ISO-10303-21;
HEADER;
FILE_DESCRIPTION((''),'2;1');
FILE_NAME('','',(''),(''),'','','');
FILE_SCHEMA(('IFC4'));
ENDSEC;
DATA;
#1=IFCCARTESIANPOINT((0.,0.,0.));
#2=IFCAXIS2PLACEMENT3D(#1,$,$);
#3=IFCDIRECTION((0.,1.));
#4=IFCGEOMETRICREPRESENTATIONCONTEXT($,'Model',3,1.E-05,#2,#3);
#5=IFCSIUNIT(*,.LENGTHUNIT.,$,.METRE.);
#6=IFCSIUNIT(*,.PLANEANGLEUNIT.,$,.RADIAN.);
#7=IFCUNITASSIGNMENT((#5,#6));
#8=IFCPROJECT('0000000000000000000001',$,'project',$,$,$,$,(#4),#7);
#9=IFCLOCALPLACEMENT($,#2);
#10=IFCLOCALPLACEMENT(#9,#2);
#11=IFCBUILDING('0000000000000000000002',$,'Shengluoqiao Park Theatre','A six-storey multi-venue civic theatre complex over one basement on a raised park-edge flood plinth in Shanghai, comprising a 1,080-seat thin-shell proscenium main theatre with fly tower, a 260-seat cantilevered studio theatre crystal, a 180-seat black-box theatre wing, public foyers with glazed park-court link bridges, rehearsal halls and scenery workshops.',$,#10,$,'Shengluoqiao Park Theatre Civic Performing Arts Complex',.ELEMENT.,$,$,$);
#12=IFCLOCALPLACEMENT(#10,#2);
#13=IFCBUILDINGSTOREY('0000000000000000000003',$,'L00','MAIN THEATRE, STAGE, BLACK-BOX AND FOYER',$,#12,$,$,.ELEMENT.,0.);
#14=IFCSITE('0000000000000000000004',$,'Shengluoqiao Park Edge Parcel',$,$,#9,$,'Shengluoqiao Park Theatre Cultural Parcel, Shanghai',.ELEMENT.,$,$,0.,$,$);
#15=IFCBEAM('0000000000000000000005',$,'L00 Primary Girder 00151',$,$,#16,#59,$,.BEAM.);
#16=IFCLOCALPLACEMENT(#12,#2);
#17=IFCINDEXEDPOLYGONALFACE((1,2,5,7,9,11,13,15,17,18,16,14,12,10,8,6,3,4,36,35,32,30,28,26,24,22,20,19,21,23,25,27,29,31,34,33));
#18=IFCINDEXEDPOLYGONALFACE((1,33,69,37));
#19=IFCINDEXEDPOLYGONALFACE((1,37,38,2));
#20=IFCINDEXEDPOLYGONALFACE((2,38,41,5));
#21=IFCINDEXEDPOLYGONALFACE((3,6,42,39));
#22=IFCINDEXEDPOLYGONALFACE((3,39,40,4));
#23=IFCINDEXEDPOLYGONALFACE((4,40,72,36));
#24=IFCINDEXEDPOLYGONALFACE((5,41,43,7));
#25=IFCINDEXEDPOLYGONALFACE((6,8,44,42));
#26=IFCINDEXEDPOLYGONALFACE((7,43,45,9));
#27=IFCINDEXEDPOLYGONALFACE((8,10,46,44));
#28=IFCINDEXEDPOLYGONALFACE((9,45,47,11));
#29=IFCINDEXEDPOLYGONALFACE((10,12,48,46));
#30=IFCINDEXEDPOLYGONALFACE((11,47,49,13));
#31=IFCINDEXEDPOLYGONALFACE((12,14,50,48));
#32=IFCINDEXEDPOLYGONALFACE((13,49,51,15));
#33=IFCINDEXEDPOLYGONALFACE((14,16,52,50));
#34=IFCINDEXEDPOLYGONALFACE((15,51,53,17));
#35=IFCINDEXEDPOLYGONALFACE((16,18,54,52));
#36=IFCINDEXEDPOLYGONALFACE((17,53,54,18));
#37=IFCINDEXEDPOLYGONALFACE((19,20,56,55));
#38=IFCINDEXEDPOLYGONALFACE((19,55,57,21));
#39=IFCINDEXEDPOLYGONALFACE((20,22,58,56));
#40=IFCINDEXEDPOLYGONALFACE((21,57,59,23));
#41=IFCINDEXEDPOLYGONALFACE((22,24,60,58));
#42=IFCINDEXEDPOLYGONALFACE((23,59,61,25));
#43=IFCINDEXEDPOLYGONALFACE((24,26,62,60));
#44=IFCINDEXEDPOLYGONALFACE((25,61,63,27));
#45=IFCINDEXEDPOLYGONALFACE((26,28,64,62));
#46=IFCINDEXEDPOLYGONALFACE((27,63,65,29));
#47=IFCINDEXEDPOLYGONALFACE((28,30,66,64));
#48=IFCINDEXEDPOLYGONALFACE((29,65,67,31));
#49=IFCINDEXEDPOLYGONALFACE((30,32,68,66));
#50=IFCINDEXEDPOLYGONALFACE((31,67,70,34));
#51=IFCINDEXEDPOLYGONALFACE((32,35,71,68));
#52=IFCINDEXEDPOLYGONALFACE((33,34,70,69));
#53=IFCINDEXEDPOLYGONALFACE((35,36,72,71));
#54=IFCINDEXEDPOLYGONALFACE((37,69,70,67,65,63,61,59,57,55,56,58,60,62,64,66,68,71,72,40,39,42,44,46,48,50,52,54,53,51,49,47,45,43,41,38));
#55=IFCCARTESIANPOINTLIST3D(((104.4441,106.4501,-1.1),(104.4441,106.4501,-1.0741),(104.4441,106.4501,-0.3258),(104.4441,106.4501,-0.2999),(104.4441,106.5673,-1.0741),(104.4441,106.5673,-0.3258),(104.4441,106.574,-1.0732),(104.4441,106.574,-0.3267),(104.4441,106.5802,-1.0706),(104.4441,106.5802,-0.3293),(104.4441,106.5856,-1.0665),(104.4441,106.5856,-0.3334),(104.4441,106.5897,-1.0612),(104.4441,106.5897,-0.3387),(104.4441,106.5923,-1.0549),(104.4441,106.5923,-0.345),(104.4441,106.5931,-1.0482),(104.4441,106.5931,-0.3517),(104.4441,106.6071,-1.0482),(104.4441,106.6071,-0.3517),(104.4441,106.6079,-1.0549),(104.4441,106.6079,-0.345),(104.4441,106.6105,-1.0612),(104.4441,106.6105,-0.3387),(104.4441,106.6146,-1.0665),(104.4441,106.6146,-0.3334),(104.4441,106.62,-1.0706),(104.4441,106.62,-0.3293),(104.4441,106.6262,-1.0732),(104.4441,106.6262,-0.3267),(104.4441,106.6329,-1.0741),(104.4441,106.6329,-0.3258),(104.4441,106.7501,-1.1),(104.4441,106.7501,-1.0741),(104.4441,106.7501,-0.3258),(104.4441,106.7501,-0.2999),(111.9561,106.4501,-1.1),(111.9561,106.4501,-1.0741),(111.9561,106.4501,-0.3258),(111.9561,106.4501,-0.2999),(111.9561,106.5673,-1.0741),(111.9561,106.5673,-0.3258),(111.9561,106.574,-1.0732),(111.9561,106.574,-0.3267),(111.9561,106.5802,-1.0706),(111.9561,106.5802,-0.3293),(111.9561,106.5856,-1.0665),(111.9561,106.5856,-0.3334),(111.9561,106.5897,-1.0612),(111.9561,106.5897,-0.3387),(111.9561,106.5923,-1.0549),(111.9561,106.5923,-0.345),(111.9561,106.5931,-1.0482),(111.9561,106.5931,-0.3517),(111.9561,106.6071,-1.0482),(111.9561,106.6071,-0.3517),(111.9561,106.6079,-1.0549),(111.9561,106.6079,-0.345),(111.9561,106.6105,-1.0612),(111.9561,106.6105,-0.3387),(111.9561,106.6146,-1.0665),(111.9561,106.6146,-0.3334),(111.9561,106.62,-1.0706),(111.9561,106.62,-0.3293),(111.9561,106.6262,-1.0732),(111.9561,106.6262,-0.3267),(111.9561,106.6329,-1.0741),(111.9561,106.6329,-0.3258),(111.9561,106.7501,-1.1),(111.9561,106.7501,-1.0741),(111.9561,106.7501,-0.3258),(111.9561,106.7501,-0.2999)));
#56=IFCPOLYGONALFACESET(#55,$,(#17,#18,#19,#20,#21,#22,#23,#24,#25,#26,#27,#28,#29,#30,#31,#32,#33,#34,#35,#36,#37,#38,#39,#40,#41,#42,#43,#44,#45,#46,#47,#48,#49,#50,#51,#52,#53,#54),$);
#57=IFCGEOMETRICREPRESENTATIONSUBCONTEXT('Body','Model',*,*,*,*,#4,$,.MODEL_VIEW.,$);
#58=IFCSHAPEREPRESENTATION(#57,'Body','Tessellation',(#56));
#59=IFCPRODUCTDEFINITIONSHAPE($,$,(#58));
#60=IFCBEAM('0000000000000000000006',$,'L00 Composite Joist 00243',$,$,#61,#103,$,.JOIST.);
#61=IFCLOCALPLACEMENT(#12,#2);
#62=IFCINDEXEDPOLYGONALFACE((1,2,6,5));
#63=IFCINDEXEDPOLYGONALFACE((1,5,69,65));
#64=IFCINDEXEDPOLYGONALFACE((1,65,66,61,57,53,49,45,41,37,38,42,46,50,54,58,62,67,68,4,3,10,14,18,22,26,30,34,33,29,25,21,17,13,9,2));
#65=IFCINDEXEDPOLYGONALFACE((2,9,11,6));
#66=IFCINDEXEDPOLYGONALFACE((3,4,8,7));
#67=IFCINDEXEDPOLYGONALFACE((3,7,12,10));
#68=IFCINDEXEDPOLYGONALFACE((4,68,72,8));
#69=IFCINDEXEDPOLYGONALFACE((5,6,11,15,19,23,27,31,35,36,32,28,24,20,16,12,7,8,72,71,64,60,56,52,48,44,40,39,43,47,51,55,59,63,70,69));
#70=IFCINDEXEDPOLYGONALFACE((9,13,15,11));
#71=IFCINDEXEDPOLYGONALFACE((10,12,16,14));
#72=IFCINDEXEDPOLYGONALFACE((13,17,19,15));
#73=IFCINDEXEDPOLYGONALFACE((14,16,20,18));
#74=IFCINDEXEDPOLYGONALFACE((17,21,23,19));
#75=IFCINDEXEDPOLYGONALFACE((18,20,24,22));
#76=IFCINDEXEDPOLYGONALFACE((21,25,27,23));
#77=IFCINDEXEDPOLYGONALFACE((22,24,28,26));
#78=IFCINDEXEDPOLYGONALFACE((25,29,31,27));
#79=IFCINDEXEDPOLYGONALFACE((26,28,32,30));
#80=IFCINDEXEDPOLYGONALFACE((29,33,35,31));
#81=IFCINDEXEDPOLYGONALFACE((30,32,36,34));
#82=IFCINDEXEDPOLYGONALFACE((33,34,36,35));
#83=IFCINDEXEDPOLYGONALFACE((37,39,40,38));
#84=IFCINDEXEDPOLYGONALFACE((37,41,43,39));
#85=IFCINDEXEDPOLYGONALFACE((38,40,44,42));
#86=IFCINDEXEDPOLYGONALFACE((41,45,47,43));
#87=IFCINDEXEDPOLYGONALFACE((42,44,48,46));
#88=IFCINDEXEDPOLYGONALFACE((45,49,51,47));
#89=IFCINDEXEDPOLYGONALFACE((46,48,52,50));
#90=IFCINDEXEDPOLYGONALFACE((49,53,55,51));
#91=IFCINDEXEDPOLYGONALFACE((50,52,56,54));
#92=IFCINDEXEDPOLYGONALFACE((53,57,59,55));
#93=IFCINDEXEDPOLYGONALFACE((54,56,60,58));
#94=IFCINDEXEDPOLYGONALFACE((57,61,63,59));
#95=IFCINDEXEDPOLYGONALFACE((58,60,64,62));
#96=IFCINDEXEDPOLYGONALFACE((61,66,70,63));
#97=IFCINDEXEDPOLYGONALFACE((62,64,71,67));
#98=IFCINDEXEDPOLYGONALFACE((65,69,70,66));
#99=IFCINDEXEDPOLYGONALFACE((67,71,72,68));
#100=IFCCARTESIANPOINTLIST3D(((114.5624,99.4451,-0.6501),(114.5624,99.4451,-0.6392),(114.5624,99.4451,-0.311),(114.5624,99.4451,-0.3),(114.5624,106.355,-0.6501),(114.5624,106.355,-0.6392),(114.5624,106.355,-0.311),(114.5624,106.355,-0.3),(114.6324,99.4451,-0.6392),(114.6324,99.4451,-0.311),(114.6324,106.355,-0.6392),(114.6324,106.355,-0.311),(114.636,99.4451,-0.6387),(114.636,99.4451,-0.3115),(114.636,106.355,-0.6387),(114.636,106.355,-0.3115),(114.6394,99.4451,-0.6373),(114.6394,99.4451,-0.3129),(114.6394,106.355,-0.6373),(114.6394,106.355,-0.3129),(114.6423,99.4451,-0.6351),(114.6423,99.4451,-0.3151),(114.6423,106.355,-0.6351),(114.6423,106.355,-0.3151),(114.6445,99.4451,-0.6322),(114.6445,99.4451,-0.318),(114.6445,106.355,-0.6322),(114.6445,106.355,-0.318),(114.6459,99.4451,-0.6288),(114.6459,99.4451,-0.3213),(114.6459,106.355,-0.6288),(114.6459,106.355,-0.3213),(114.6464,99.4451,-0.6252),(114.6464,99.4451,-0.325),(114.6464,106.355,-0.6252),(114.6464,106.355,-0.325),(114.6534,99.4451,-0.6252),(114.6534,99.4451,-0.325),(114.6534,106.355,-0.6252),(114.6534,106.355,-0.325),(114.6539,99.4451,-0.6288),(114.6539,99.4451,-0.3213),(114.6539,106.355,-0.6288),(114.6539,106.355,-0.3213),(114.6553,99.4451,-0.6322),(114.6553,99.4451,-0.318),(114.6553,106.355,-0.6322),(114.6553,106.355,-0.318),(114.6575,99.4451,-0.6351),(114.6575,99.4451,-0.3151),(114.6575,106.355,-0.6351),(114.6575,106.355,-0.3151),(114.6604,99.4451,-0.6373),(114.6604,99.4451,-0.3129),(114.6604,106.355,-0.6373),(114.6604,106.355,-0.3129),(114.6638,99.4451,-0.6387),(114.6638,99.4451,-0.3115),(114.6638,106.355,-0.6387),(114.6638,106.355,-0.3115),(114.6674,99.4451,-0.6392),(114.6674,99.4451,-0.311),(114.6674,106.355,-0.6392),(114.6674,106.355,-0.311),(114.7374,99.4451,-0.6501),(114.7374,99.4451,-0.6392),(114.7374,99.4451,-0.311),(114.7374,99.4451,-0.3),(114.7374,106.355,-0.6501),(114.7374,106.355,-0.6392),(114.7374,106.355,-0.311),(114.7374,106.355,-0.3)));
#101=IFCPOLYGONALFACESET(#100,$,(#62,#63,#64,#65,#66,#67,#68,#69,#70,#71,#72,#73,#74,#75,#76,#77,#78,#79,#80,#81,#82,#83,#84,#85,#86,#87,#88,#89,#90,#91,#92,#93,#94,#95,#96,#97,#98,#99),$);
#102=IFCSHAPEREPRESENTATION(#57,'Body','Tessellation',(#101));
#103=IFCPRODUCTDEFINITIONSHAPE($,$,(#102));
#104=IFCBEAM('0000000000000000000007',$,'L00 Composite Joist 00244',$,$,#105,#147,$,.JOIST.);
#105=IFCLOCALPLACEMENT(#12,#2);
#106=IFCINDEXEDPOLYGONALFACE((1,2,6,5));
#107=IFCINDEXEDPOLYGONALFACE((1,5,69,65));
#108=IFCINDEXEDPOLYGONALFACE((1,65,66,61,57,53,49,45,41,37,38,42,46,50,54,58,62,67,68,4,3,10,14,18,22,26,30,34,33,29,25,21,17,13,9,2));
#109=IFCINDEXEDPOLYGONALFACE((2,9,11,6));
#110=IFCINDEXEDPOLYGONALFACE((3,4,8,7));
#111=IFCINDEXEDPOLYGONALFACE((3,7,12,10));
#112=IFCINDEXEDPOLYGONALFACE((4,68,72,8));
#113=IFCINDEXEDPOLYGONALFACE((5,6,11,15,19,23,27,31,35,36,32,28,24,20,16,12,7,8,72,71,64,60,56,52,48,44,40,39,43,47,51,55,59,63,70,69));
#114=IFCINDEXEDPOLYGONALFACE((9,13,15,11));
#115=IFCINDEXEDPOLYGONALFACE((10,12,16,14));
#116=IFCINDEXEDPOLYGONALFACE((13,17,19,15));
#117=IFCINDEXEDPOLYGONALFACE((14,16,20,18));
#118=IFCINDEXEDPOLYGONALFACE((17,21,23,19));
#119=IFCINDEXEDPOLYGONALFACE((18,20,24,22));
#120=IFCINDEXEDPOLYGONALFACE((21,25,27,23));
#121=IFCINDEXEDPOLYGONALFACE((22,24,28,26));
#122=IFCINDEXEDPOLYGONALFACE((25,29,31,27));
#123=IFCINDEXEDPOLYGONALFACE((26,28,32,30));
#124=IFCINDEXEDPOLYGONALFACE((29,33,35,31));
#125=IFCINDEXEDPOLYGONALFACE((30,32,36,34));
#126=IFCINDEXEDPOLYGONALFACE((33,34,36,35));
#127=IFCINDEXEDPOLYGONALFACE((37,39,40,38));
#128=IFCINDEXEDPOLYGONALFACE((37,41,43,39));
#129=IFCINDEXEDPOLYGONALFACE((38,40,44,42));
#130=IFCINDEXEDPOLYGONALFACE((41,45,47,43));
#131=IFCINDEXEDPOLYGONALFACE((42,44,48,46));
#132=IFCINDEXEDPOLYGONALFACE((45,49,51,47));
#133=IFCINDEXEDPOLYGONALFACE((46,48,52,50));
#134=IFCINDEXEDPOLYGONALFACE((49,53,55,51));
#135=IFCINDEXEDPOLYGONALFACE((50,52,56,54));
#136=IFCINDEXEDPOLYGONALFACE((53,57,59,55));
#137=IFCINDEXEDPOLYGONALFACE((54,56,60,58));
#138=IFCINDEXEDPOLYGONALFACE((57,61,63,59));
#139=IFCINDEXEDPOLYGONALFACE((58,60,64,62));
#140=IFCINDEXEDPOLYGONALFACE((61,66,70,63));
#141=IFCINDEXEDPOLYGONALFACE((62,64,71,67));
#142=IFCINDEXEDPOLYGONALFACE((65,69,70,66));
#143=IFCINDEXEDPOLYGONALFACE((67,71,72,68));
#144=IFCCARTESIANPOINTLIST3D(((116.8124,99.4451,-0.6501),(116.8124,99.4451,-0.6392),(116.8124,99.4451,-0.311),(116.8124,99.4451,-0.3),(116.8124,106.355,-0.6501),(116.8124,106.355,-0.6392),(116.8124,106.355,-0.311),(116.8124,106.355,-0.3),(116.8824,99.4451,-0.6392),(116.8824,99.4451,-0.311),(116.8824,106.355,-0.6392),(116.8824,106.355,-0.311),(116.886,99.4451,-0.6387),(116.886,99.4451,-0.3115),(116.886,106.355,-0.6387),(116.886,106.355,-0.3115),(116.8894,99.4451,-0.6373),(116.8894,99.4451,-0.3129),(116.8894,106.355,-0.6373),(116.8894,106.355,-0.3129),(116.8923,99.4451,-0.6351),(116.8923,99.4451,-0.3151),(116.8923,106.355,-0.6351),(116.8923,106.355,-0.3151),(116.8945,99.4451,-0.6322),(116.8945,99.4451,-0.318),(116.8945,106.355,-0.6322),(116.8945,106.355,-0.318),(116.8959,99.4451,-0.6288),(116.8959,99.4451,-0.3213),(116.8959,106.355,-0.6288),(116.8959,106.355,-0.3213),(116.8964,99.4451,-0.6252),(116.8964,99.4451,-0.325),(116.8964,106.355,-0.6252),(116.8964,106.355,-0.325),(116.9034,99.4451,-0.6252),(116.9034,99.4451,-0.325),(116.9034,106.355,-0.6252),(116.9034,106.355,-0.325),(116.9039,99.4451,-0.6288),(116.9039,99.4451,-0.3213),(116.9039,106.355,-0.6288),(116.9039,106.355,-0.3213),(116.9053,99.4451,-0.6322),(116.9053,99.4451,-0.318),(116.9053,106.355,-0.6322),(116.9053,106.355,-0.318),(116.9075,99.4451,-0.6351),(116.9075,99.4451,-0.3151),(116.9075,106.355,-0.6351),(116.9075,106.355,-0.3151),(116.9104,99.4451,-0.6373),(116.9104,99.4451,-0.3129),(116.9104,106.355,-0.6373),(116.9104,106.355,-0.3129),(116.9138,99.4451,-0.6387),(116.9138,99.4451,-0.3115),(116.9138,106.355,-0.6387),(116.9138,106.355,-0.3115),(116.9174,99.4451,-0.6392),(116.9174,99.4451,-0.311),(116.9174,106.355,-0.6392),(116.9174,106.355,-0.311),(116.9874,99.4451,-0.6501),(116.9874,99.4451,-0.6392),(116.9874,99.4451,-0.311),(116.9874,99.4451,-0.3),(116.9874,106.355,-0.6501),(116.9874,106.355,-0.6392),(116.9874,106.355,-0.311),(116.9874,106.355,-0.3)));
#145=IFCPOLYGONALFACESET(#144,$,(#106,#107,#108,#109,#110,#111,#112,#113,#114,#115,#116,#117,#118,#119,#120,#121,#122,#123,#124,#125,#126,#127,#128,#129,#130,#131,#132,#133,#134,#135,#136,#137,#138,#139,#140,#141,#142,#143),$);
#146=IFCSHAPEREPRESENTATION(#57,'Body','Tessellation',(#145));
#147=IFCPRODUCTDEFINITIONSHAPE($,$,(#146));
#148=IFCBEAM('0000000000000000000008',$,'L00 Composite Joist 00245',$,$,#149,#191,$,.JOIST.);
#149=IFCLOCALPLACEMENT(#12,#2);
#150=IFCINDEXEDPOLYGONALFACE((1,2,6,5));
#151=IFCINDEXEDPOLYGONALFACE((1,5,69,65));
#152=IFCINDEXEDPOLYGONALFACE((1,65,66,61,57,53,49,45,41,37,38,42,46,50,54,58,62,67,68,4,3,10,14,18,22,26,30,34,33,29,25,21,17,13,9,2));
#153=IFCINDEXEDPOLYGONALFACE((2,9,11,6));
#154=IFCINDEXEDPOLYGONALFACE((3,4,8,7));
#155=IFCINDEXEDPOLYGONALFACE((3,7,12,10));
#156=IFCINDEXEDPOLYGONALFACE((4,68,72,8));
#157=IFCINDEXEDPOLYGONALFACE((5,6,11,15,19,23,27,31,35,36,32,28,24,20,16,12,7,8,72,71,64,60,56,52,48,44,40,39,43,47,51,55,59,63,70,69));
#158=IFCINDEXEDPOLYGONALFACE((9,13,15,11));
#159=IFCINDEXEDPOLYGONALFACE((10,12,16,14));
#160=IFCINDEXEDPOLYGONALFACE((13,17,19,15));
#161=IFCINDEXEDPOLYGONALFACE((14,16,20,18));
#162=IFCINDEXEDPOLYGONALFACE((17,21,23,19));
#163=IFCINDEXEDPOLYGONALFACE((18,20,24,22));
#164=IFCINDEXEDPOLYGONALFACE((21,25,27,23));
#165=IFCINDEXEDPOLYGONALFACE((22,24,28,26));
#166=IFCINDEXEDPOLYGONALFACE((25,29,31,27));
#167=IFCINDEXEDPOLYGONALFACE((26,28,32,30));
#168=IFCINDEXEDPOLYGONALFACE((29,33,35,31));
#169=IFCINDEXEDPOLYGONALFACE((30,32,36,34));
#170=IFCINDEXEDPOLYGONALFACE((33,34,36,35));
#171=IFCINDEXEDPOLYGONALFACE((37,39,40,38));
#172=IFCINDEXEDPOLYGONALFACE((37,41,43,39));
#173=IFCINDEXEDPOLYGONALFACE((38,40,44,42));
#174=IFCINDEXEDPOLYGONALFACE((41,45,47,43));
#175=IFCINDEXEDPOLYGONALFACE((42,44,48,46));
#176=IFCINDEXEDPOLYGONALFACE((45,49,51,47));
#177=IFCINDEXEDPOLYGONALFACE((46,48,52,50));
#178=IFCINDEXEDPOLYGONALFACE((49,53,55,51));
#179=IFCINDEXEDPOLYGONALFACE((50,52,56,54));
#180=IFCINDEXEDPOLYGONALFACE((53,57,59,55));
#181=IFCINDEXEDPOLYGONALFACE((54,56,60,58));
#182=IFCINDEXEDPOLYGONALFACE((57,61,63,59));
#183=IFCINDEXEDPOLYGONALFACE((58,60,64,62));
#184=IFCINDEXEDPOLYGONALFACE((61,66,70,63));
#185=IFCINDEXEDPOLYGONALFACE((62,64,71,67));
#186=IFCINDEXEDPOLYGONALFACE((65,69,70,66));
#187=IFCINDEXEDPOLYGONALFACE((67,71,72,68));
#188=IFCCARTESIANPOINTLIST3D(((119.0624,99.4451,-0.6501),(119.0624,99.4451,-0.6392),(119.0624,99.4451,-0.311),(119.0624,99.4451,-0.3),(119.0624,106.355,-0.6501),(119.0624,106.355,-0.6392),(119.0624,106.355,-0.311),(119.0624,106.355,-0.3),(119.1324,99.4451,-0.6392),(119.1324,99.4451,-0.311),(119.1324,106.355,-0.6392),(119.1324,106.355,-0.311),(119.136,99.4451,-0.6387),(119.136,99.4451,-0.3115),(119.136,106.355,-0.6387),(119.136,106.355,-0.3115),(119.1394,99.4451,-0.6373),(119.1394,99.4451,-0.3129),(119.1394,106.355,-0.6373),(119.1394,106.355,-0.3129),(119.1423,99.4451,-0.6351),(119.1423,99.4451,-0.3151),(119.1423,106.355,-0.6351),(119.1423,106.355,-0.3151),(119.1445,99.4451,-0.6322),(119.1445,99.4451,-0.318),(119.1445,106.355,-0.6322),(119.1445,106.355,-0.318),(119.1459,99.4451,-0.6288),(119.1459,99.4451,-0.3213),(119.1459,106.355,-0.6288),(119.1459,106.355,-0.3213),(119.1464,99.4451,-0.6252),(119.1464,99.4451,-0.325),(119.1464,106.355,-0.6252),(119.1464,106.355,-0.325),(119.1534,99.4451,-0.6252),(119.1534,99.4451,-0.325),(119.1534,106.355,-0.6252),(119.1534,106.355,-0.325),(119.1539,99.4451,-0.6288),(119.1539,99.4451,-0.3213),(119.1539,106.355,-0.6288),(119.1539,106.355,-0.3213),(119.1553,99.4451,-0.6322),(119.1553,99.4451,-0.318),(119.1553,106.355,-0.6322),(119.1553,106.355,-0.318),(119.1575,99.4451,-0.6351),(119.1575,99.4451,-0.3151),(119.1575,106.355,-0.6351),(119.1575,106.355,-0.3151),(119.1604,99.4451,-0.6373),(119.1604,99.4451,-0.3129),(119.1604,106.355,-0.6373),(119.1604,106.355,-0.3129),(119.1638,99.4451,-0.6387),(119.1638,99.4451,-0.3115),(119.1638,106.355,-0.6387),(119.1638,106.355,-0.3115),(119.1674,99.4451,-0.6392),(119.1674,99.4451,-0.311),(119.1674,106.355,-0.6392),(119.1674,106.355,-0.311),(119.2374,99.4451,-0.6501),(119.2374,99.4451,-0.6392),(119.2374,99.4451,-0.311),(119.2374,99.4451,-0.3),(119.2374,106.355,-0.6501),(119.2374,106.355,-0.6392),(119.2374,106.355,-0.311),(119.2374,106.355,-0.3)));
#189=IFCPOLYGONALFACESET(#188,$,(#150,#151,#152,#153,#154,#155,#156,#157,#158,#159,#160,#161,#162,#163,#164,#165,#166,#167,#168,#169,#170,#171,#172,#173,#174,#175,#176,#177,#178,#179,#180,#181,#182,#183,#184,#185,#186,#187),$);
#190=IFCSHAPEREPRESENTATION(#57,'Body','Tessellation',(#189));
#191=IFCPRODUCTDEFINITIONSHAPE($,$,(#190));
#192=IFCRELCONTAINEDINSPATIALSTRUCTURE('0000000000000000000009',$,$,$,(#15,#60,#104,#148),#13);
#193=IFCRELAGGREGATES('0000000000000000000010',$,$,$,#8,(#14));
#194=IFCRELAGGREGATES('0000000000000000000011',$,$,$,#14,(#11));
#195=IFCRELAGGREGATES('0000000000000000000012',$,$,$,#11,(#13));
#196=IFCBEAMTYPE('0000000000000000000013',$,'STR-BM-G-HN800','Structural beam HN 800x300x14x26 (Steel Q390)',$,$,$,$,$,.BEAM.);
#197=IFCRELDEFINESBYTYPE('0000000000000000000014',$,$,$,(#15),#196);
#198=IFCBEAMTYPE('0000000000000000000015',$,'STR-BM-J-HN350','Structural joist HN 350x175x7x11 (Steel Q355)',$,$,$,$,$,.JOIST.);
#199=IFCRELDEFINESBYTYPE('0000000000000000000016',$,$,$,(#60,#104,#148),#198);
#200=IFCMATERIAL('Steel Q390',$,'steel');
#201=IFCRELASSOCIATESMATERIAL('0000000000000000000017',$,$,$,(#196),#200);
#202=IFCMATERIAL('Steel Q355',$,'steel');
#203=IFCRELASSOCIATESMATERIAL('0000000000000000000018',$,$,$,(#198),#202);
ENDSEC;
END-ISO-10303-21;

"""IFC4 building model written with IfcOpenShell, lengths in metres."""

from ifc_helpers import new_model, si_unit, direction, frame, origin, origin_2d, place, context, subcontext, project, spatial, i_section, extrude, material, material_profile, profile_set, type_object, element, save


model = new_model("IFC4")

# Units and contexts
model_context = context("Model", 3, precision=1e-05, world=origin(), true_north=direction((0.0, 1.0)))
body_context = subcontext(model_context, "Body", "Model", "MODEL_VIEW")
ifc_project = project(units=[si_unit("LENGTHUNIT", "METRE"), si_unit("PLANEANGLEUNIT", "RADIAN")], contexts=[model_context])

# Site, building, storey
site_placement = place(None, origin())
site = spatial("IfcSite", under=ifc_project, at=site_placement, Name="Shengluoqiao Park Edge Parcel", LongName="Shengluoqiao Park Theatre Cultural Parcel, Shanghai", CompositionType="ELEMENT", RefElevation=0.0)
building_placement = place(site_placement, origin())
building = spatial("IfcBuilding", under=site, at=building_placement, Name="Shengluoqiao Park Theatre", Description="A six-storey multi-venue civic theatre complex over one basement on a raised park-edge flood plinth in Shanghai, comprising a 1,080-seat thin-shell proscenium main theatre with fly tower, a 260-seat cantilevered studio theatre crystal, a 180-seat black-box theatre wing, public foyers with glazed park-court link bridges, rehearsal halls and scenery workshops.", LongName="Shengluoqiao Park Theatre Civic Performing Arts Complex", CompositionType="ELEMENT")
storey_placement = place(building_placement, origin())
storey = spatial("IfcBuildingStorey", under=building, at=storey_placement, Name="L00", Description="MAIN THEATRE, STAGE, BLACK-BOX AND FOYER", CompositionType="ELEMENT", Elevation=0.0)

# Beams
ifc_material_1 = material(Name="Steel Q355", Category="steel")
ifc_material_2 = material(Name="Steel Q390", Category="steel")
ifc_material_profile_1 = material_profile(ifc_material_2, i_section(OverallWidth=0.3, OverallDepth=0.8, WebThickness=0.0139, FlangeThickness=0.0259, FilletRadius=0.0259, at=origin_2d()), Name="HN 800x300x14x26")
ifc_profile_set_1 = profile_set([ifc_material_profile_1], Name="Steel Q390")
beam_type_1 = type_object("IfcBeamType", Name="STR-BM-G-HN800", Description="Structural beam HN 800x300x14x26 (Steel Q390)", PredefinedType="BEAM", material=ifc_profile_set_1)
beam_1_placement = place(storey_placement, frame((104.4441, 106.6001, -0.7), z_axis=(1.0, 0.0, 0.0), x_axis=(0.0, 1.0, 0.0)))
element("IfcBeam", 1, at=beam_1_placement, inside=storey, type_object=beam_type_1, Name="L00 Primary Girder 00151", PredefinedType="BEAM", context=body_context, shape_type="SweptSolid", body=[
    extrude(i_section(OverallWidth=0.3, OverallDepth=0.8, WebThickness=0.0139, FlangeThickness=0.0259, FilletRadius=0.0259, at=origin_2d()), origin(), (0.0, 0.0, 1.0), 7.512),
])
ifc_material_profile_2 = material_profile(ifc_material_1, i_section(OverallWidth=0.175, OverallDepth=0.3501, WebThickness=0.0071, FlangeThickness=0.011, FilletRadius=0.0139, at=origin_2d()), Name="HN 350x175x7x11")
ifc_profile_set_2 = profile_set([ifc_material_profile_2], Name="Steel Q355")
beam_type_2 = type_object("IfcBeamType", Name="STR-BM-J-HN350", Description="Structural joist HN 350x175x7x11 (Steel Q355)", PredefinedType="JOIST", material=ifc_profile_set_2)
for number, where, z_axis, x_axis, name in (
    (2, (114.6499, 99.4451, -0.4751), (0.0, 1.0, 0.0), (-1.0, 0.0, 0.0), "L00 Composite Joist 00243"),
    (3, (116.8999, 99.4451, -0.4751), (0.0, 1.0, 0.0), (-1.0, 0.0, 0.0), "L00 Composite Joist 00244"),
    (4, (119.1499, 99.4451, -0.4751), (0.0, 1.0, 0.0), (-1.0, 0.0, 0.0), "L00 Composite Joist 00245"),
):
    element("IfcBeam", number, at=place(storey_placement, frame(where, z_axis=z_axis, x_axis=x_axis)), inside=storey, type_object=beam_type_2, Name=name, PredefinedType="JOIST", context=body_context, shape_type="SweptSolid", body=[
        extrude(i_section(OverallWidth=0.175, OverallDepth=0.3501, WebThickness=0.0071, FlangeThickness=0.011, FilletRadius=0.0139, at=origin_2d()), origin(), (0.0, 0.0, 1.0), 6.9099),
    ])

save(model, "model.ifc")
